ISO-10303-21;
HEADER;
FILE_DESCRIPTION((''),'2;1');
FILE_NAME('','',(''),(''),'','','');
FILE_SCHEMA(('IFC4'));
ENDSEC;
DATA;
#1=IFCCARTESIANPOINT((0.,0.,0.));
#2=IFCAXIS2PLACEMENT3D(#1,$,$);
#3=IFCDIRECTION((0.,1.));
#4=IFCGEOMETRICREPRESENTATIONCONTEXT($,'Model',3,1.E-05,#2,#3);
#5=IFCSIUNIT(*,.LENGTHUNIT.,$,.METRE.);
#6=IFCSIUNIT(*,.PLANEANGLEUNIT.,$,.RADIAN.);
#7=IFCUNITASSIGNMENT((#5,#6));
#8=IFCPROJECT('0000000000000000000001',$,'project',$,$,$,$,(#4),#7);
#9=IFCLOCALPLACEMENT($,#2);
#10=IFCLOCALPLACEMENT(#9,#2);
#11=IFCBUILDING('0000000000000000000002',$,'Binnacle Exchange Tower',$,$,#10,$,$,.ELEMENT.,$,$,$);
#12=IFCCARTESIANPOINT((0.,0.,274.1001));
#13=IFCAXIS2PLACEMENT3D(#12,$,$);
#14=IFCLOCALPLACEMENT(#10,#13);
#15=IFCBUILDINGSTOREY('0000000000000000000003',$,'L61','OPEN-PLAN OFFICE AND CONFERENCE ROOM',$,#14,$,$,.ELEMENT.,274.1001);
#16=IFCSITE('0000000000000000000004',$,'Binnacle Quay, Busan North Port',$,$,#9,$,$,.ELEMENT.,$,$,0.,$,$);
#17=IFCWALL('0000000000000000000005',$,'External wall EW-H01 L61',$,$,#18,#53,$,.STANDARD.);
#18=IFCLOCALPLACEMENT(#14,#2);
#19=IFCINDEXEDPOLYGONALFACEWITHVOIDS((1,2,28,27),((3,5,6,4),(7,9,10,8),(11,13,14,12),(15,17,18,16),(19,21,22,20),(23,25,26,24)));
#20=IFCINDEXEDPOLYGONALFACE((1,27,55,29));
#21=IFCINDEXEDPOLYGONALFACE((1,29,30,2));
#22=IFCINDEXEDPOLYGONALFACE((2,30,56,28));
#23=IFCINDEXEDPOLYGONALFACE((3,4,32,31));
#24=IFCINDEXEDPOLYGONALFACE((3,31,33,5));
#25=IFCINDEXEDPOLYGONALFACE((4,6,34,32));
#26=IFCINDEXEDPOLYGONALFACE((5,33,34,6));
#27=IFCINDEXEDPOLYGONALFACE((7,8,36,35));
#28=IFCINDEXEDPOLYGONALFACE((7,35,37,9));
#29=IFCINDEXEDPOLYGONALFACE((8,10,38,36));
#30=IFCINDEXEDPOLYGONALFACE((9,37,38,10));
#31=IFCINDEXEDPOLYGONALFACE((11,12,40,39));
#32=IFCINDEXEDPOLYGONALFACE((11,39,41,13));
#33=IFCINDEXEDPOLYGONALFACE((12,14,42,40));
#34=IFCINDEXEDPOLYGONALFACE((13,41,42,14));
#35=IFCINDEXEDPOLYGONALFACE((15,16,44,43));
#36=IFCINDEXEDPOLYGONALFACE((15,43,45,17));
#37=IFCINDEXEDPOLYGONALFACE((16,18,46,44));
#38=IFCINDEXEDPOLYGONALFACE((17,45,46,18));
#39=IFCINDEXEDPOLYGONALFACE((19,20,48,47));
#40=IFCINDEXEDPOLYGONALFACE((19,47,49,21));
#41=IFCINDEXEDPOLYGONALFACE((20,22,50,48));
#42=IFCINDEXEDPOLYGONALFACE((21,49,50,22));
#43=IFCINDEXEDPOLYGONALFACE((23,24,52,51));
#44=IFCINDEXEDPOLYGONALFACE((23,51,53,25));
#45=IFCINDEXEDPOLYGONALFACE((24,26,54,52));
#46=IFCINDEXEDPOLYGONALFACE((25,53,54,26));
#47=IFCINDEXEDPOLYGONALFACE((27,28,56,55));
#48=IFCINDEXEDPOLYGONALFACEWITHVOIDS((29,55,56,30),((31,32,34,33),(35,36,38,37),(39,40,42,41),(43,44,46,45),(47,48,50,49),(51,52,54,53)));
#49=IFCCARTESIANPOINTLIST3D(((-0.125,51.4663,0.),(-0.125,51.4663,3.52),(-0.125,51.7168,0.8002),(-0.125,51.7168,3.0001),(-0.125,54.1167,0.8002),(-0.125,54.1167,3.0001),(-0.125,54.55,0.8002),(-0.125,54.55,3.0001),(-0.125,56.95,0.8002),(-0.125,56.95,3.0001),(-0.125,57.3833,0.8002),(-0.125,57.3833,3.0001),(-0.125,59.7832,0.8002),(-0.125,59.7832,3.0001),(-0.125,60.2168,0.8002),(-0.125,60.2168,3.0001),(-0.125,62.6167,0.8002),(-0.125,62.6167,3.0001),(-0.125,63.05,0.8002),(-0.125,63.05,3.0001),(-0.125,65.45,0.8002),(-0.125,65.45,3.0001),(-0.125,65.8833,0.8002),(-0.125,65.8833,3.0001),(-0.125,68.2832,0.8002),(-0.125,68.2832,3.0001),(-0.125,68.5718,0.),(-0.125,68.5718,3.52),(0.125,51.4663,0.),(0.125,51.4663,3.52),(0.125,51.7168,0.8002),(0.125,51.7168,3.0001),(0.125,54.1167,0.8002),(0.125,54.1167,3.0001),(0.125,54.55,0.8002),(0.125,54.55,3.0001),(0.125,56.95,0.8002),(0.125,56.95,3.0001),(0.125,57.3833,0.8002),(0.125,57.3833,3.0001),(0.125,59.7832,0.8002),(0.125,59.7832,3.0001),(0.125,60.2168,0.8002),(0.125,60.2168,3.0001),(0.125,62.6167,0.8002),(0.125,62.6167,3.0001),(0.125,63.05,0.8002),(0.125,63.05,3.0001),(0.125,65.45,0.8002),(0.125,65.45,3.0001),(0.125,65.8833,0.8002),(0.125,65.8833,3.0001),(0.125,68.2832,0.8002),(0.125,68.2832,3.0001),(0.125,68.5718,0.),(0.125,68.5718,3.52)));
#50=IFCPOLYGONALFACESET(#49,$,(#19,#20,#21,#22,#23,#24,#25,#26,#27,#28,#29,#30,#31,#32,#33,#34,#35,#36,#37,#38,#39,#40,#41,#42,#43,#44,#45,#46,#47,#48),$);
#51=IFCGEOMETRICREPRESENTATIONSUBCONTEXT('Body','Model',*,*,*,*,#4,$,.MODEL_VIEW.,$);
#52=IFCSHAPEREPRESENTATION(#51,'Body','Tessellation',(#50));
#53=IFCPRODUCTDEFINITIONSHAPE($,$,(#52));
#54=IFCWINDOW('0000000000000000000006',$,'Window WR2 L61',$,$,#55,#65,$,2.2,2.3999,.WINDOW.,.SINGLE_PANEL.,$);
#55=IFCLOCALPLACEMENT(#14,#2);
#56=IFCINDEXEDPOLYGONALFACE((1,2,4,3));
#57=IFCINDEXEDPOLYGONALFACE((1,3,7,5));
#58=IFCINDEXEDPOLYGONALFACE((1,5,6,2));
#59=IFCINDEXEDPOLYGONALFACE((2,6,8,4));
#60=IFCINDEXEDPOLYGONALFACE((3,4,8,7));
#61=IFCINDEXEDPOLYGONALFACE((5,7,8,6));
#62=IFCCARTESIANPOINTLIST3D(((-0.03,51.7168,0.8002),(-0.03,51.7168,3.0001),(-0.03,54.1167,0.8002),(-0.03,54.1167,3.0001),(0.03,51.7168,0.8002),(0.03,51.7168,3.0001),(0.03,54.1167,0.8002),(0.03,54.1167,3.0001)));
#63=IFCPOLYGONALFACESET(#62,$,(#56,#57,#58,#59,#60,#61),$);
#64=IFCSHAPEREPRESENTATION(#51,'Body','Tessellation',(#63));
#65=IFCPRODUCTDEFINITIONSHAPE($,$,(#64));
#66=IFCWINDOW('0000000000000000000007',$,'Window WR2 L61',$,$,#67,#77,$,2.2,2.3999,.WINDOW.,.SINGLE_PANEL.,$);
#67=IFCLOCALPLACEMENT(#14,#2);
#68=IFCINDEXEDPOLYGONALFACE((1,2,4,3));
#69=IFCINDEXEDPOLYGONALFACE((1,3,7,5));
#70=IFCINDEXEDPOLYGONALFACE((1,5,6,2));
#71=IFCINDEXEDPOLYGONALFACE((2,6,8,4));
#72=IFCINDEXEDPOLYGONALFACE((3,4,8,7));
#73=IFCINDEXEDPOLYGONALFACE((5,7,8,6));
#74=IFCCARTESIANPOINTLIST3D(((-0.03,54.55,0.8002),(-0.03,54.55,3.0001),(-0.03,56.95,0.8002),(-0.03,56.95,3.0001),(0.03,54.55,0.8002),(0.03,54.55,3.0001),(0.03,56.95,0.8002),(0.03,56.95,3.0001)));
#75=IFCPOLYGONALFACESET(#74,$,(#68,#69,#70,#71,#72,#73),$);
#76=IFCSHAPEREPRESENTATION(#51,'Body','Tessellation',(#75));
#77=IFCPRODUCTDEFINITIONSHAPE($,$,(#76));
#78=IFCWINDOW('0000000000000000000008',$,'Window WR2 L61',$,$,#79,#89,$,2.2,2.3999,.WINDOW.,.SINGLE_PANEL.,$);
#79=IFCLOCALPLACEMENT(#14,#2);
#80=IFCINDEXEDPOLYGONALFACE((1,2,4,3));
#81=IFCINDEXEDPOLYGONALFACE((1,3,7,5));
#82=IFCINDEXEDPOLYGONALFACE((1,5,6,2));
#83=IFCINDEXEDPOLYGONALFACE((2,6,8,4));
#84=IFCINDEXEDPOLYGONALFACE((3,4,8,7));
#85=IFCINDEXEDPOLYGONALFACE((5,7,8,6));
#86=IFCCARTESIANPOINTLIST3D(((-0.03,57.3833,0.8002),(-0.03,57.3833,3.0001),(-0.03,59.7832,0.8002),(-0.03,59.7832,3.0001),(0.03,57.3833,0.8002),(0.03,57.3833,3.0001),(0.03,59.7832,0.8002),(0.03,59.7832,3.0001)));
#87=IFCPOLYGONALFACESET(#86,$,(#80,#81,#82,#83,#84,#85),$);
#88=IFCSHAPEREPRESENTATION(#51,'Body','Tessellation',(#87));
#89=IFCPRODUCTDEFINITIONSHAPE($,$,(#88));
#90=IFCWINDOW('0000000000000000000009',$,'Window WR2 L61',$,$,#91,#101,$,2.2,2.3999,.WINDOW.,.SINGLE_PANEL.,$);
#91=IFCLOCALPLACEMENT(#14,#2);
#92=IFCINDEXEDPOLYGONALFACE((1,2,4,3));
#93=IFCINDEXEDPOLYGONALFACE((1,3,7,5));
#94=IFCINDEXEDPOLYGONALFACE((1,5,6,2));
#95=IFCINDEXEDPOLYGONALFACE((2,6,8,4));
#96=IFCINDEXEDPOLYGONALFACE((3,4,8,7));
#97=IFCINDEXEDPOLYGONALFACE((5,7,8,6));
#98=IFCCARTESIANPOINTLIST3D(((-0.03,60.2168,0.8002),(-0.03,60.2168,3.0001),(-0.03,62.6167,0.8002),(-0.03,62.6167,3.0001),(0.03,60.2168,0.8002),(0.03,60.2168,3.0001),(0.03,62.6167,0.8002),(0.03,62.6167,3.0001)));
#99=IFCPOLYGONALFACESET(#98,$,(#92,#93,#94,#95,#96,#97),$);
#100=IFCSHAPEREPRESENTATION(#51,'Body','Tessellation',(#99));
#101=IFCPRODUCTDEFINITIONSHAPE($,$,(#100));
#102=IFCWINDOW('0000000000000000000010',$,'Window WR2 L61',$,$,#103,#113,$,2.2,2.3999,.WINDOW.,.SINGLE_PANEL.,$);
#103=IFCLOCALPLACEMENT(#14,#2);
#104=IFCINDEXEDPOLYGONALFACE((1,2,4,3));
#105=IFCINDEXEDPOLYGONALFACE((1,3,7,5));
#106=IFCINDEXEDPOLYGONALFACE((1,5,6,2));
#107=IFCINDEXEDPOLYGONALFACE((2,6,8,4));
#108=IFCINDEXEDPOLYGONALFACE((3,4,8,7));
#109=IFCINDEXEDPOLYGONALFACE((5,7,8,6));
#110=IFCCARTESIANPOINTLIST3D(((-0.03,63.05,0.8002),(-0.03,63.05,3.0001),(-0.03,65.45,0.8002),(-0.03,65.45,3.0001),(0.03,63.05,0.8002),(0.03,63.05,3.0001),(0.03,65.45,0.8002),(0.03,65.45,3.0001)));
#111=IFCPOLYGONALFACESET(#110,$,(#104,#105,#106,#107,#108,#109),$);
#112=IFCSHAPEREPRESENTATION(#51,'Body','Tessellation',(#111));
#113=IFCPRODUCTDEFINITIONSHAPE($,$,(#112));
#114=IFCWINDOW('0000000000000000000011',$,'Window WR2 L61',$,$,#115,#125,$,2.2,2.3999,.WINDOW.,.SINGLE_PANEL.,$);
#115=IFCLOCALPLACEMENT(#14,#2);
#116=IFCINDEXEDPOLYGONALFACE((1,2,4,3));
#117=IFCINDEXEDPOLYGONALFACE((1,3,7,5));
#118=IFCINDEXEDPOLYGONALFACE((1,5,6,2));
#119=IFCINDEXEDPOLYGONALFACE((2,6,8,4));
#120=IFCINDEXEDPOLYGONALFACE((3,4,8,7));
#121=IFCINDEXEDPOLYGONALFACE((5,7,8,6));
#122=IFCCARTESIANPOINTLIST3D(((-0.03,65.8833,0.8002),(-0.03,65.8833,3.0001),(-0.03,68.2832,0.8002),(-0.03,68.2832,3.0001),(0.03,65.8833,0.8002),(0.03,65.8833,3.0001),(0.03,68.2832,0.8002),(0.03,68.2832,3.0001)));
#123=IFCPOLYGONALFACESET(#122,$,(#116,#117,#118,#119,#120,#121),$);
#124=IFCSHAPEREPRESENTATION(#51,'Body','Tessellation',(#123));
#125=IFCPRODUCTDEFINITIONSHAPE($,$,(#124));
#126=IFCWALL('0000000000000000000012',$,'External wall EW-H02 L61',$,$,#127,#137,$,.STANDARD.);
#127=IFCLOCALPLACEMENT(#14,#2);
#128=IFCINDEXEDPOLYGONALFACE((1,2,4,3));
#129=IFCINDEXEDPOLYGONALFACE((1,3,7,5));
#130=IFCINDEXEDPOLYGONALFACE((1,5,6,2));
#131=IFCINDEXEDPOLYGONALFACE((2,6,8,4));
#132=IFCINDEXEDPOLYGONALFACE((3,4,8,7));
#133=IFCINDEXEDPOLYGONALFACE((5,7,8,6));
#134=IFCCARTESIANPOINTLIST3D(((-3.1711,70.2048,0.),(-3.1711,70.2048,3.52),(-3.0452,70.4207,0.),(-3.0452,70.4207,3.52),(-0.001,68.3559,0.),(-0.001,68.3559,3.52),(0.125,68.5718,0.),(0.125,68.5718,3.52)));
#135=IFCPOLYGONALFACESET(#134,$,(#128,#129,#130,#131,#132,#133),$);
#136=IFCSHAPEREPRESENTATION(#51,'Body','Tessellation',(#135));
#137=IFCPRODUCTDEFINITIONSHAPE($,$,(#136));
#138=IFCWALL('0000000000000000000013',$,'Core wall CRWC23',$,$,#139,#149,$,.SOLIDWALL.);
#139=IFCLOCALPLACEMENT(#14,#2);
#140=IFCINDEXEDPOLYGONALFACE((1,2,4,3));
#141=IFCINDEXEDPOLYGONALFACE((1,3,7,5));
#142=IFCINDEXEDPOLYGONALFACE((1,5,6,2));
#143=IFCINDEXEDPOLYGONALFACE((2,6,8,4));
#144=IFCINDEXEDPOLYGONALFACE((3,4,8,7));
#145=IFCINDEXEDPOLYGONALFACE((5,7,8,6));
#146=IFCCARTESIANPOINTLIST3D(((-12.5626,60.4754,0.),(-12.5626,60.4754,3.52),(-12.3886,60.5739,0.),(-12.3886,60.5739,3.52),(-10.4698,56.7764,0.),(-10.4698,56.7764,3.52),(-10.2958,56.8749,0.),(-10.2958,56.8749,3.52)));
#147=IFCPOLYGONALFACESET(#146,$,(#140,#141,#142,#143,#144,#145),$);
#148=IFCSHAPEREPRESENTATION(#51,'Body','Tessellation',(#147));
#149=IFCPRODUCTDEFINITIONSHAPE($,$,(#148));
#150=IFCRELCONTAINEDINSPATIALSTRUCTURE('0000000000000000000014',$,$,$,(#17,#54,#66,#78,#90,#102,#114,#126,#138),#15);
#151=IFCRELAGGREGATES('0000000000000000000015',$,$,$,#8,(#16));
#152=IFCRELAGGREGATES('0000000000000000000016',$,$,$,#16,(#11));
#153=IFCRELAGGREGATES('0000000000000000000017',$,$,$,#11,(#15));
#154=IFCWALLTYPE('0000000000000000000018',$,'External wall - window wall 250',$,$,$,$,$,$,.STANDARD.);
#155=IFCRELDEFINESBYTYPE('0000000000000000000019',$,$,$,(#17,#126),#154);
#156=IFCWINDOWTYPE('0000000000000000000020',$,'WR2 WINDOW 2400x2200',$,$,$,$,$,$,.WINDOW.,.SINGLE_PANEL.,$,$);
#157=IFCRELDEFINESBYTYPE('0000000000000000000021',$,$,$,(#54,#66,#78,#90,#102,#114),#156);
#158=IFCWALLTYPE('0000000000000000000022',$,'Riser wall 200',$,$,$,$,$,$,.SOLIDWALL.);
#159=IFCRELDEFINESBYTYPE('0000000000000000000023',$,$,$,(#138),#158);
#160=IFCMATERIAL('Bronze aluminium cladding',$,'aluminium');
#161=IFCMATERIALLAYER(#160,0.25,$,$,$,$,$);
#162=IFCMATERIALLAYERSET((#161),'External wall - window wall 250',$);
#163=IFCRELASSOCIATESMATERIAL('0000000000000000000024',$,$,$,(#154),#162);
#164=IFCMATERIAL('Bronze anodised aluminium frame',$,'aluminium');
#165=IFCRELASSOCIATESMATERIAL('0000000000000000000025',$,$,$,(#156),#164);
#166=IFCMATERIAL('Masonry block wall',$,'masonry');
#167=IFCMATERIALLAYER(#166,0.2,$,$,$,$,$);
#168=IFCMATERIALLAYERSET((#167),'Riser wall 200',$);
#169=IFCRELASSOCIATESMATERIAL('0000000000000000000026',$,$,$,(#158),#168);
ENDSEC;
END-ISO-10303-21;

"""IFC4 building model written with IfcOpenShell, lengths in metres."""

from ifc_helpers import new_model, si_unit, direction, frame, frame_2d, origin, place, context, subcontext, project, spatial, rectangle, extrude, material, layer, layer_set, type_object, element, fill, save


model = new_model("IFC4")

# Units and contexts
model_context = context("Model", 3, precision=1e-05, world=origin(), true_north=direction((0.0, 1.0)))
body_context = subcontext(model_context, "Body", "Model", "MODEL_VIEW")
ifc_project = project(units=[si_unit("LENGTHUNIT", "METRE"), si_unit("PLANEANGLEUNIT", "RADIAN")], contexts=[model_context])

# Site, building, storey
site_placement = place(None, origin())
site = spatial("IfcSite", under=ifc_project, at=site_placement, Name="Binnacle Quay, Busan North Port", CompositionType="ELEMENT", RefElevation=0.0)
building_placement = place(site_placement, origin())
building = spatial("IfcBuilding", under=site, at=building_placement, Name="Binnacle Exchange Tower", CompositionType="ELEMENT")
storey_placement = place(building_placement, frame((0.0, 0.0, 274.1001)))
storey = spatial("IfcBuildingStorey", under=building, at=storey_placement, Name="L61", Description="OPEN-PLAN OFFICE AND CONFERENCE ROOM", CompositionType="ELEMENT", Elevation=274.1001)

# Wall, openings, windows
ifc_material_1 = material(Name="Bronze aluminium cladding", Category="aluminium")
ifc_layer_1 = layer(ifc_material_1, 0.25)
ifc_layer_set_1 = layer_set([ifc_layer_1], Name="External wall - window wall 250")
wall_type_1 = type_object("IfcWallType", Name="External wall - window wall 250", PredefinedType="STANDARD", material=ifc_layer_set_1)
wall_1_placement = place(storey_placement, frame((0.0, 68.5718, 0.0), z_axis=(0.0, 0.0, 1.0), x_axis=(0.0, -1.0, 0.0)))
wall_1 = element("IfcWall", 1, at=wall_1_placement, inside=storey, type_object=wall_type_1, Name="External wall EW-H01 L61", PredefinedType="STANDARD", context=body_context, shape_type="SweptSolid", body=[
    extrude(rectangle(XDim=17.1055, YDim=0.25, at=frame_2d((8.5527, 0.0))), origin(), (0.0, 0.0, 1.0), 3.52),
])
opening_1_placement = place(wall_1_placement, frame((14.4551, 0.0, 0.8)))
opening_1 = element("IfcOpeningElement", 2, at=opening_1_placement, cuts=wall_1, PredefinedType="OPENING", context=body_context, shape_type="SweptSolid", body=[
    extrude(rectangle(XDim=2.3999, YDim=2.2, at=frame_2d((1.2, 1.1001))), frame((0.0, 0.135, 0.0), z_axis=(0.0, -1.0, 0.0), x_axis=(1.0, 0.0, 0.0)), (0.0, 0.0, 1.0), 0.27),
])
opening_2_placement = place(wall_1_placement, frame((11.6218, 0.0, 0.8)))
opening_2 = element("IfcOpeningElement", 3, at=opening_2_placement, cuts=wall_1, PredefinedType="OPENING", context=body_context, shape_type="SweptSolid", body=[
    extrude(rectangle(XDim=2.3999, YDim=2.2, at=frame_2d((1.2, 1.1001))), frame((0.0, 0.135, 0.0), z_axis=(0.0, -1.0, 0.0), x_axis=(1.0, 0.0, 0.0)), (0.0, 0.0, 1.0), 0.27),
])
opening_3_placement = place(wall_1_placement, frame((8.7886, 0.0, 0.8)))
opening_3 = element("IfcOpeningElement", 4, at=opening_3_placement, cuts=wall_1, PredefinedType="OPENING", context=body_context, shape_type="SweptSolid", body=[
    extrude(rectangle(XDim=2.3999, YDim=2.2, at=frame_2d((1.2, 1.1001))), frame((0.0, 0.135, 0.0), z_axis=(0.0, -1.0, 0.0), x_axis=(1.0, 0.0, 0.0)), (0.0, 0.0, 1.0), 0.27),
])
opening_4_placement = place(wall_1_placement, frame((5.9551, 0.0, 0.8)))
opening_4 = element("IfcOpeningElement", 5, at=opening_4_placement, cuts=wall_1, PredefinedType="OPENING", context=body_context, shape_type="SweptSolid", body=[
    extrude(rectangle(XDim=2.3999, YDim=2.2, at=frame_2d((1.2, 1.1001))), frame((0.0, 0.135, 0.0), z_axis=(0.0, -1.0, 0.0), x_axis=(1.0, 0.0, 0.0)), (0.0, 0.0, 1.0), 0.27),
])
opening_5_placement = place(wall_1_placement, frame((3.1218, 0.0, 0.8)))
opening_5 = element("IfcOpeningElement", 6, at=opening_5_placement, cuts=wall_1, PredefinedType="OPENING", context=body_context, shape_type="SweptSolid", body=[
    extrude(rectangle(XDim=2.3999, YDim=2.2, at=frame_2d((1.2, 1.1001))), frame((0.0, 0.135, 0.0), z_axis=(0.0, -1.0, 0.0), x_axis=(1.0, 0.0, 0.0)), (0.0, 0.0, 1.0), 0.27),
])
opening_6_placement = place(wall_1_placement, frame((0.2886, 0.0, 0.8)))
opening_6 = element("IfcOpeningElement", 7, at=opening_6_placement, cuts=wall_1, PredefinedType="OPENING", context=body_context, shape_type="SweptSolid", body=[
    extrude(rectangle(XDim=2.3999, YDim=2.2, at=frame_2d((1.2, 1.1001))), frame((0.0, 0.135, 0.0), z_axis=(0.0, -1.0, 0.0), x_axis=(1.0, 0.0, 0.0)), (0.0, 0.0, 1.0), 0.27),
])
ifc_material_2 = material(Name="Bronze anodised aluminium frame", Category="aluminium")
window_type = type_object("IfcWindowType", Name="WR2 WINDOW 2400x2200", PartitioningType="SINGLE_PANEL", PredefinedType="WINDOW", material=ifc_material_2)
window_1_placement = place(opening_1_placement, origin())
window_1 = element("IfcWindow", 8, at=window_1_placement, inside=storey, type_object=window_type, Name="Window WR2 L61", OverallHeight=2.2, OverallWidth=2.3999, PartitioningType="SINGLE_PANEL", PredefinedType="WINDOW", context=body_context, shape_type="SweptSolid", body=[
    extrude(rectangle(XDim=2.3999, YDim=2.2, at=frame_2d((1.2, 1.1001))), frame((0.0, 0.03, 0.0), z_axis=(0.0, -1.0, 0.0), x_axis=(1.0, 0.0, 0.0)), (0.0, 0.0, 1.0), 0.0601),
])
fill(opening_1, window_1)
window_2_placement = place(opening_2_placement, origin())
window_2 = element("IfcWindow", 9, at=window_2_placement, inside=storey, type_object=window_type, Name="Window WR2 L61", OverallHeight=2.2, OverallWidth=2.3999, PartitioningType="SINGLE_PANEL", PredefinedType="WINDOW", context=body_context, shape_type="SweptSolid", body=[
    extrude(rectangle(XDim=2.3999, YDim=2.2, at=frame_2d((1.2, 1.1001))), frame((0.0, 0.03, 0.0), z_axis=(0.0, -1.0, 0.0), x_axis=(1.0, 0.0, 0.0)), (0.0, 0.0, 1.0), 0.0601),
])
fill(opening_2, window_2)
window_3_placement = place(opening_3_placement, origin())
window_3 = element("IfcWindow", 10, at=window_3_placement, inside=storey, type_object=window_type, Name="Window WR2 L61", OverallHeight=2.2, OverallWidth=2.3999, PartitioningType="SINGLE_PANEL", PredefinedType="WINDOW", context=body_context, shape_type="SweptSolid", body=[
    extrude(rectangle(XDim=2.3999, YDim=2.2, at=frame_2d((1.2, 1.1001))), frame((0.0, 0.03, 0.0), z_axis=(0.0, -1.0, 0.0), x_axis=(1.0, 0.0, 0.0)), (0.0, 0.0, 1.0), 0.0601),
])
fill(opening_3, window_3)
window_4_placement = place(opening_4_placement, origin())
window_4 = element("IfcWindow", 11, at=window_4_placement, inside=storey, type_object=window_type, Name="Window WR2 L61", OverallHeight=2.2, OverallWidth=2.3999, PartitioningType="SINGLE_PANEL", PredefinedType="WINDOW", context=body_context, shape_type="SweptSolid", body=[
    extrude(rectangle(XDim=2.3999, YDim=2.2, at=frame_2d((1.2, 1.1001))), frame((0.0, 0.03, 0.0), z_axis=(0.0, -1.0, 0.0), x_axis=(1.0, 0.0, 0.0)), (0.0, 0.0, 1.0), 0.0601),
])
fill(opening_4, window_4)
window_5_placement = place(opening_5_placement, origin())
window_5 = element("IfcWindow", 12, at=window_5_placement, inside=storey, type_object=window_type, Name="Window WR2 L61", OverallHeight=2.2, OverallWidth=2.3999, PartitioningType="SINGLE_PANEL", PredefinedType="WINDOW", context=body_context, shape_type="SweptSolid", body=[
    extrude(rectangle(XDim=2.3999, YDim=2.2, at=frame_2d((1.2, 1.1001))), frame((0.0, 0.03, 0.0), z_axis=(0.0, -1.0, 0.0), x_axis=(1.0, 0.0, 0.0)), (0.0, 0.0, 1.0), 0.0601),
])
fill(opening_5, window_5)
window_6_placement = place(opening_6_placement, origin())
window_6 = element("IfcWindow", 13, at=window_6_placement, inside=storey, type_object=window_type, Name="Window WR2 L61", OverallHeight=2.2, OverallWidth=2.3999, PartitioningType="SINGLE_PANEL", PredefinedType="WINDOW", context=body_context, shape_type="SweptSolid", body=[
    extrude(rectangle(XDim=2.3999, YDim=2.2, at=frame_2d((1.2, 1.1001))), frame((0.0, 0.03, 0.0), z_axis=(0.0, -1.0, 0.0), x_axis=(1.0, 0.0, 0.0)), (0.0, 0.0, 1.0), 0.0601),
])
fill(opening_6, window_6)

# Walls
wall_2_placement = place(storey_placement, frame((-3.1082, 70.3127, 0.0), z_axis=(0.0, 0.0, 1.0), x_axis=(0.863825, -0.503792, 0.0)))
element("IfcWall", 14, at=wall_2_placement, inside=storey, type_object=wall_type_1, Name="External wall EW-H02 L61", PredefinedType="STANDARD", context=body_context, shape_type="SweptSolid", body=[
    extrude(rectangle(XDim=3.6699, YDim=0.25, at=frame_2d((1.835, 0.0))), origin(), (0.0, 0.0, 1.0), 3.52),
])
ifc_material_3 = material(Name="Masonry block wall", Category="masonry")
ifc_layer_2 = layer(ifc_material_3, 0.2)
ifc_layer_set_2 = layer_set([ifc_layer_2], Name="Riser wall 200")
wall_type_2 = type_object("IfcWallType", Name="Riser wall 200", PredefinedType="SOLIDWALL", material=ifc_layer_set_2)
wall_3_placement = place(storey_placement, frame((-12.4756, 60.5247, 0.0), z_axis=(0.0, 0.0, 1.0), x_axis=(0.492423, -0.870356, 0.0)))
element("IfcWall", 15, at=wall_3_placement, inside=storey, type_object=wall_type_2, Name="Core wall CRWC23", PredefinedType="SOLIDWALL", context=body_context, shape_type="SweptSolid", body=[
    extrude(rectangle(XDim=4.25, YDim=0.2, at=frame_2d((2.125, 0.0))), origin(), (0.0, 0.0, 1.0), 3.52),
])

save(model, "model.ifc")
